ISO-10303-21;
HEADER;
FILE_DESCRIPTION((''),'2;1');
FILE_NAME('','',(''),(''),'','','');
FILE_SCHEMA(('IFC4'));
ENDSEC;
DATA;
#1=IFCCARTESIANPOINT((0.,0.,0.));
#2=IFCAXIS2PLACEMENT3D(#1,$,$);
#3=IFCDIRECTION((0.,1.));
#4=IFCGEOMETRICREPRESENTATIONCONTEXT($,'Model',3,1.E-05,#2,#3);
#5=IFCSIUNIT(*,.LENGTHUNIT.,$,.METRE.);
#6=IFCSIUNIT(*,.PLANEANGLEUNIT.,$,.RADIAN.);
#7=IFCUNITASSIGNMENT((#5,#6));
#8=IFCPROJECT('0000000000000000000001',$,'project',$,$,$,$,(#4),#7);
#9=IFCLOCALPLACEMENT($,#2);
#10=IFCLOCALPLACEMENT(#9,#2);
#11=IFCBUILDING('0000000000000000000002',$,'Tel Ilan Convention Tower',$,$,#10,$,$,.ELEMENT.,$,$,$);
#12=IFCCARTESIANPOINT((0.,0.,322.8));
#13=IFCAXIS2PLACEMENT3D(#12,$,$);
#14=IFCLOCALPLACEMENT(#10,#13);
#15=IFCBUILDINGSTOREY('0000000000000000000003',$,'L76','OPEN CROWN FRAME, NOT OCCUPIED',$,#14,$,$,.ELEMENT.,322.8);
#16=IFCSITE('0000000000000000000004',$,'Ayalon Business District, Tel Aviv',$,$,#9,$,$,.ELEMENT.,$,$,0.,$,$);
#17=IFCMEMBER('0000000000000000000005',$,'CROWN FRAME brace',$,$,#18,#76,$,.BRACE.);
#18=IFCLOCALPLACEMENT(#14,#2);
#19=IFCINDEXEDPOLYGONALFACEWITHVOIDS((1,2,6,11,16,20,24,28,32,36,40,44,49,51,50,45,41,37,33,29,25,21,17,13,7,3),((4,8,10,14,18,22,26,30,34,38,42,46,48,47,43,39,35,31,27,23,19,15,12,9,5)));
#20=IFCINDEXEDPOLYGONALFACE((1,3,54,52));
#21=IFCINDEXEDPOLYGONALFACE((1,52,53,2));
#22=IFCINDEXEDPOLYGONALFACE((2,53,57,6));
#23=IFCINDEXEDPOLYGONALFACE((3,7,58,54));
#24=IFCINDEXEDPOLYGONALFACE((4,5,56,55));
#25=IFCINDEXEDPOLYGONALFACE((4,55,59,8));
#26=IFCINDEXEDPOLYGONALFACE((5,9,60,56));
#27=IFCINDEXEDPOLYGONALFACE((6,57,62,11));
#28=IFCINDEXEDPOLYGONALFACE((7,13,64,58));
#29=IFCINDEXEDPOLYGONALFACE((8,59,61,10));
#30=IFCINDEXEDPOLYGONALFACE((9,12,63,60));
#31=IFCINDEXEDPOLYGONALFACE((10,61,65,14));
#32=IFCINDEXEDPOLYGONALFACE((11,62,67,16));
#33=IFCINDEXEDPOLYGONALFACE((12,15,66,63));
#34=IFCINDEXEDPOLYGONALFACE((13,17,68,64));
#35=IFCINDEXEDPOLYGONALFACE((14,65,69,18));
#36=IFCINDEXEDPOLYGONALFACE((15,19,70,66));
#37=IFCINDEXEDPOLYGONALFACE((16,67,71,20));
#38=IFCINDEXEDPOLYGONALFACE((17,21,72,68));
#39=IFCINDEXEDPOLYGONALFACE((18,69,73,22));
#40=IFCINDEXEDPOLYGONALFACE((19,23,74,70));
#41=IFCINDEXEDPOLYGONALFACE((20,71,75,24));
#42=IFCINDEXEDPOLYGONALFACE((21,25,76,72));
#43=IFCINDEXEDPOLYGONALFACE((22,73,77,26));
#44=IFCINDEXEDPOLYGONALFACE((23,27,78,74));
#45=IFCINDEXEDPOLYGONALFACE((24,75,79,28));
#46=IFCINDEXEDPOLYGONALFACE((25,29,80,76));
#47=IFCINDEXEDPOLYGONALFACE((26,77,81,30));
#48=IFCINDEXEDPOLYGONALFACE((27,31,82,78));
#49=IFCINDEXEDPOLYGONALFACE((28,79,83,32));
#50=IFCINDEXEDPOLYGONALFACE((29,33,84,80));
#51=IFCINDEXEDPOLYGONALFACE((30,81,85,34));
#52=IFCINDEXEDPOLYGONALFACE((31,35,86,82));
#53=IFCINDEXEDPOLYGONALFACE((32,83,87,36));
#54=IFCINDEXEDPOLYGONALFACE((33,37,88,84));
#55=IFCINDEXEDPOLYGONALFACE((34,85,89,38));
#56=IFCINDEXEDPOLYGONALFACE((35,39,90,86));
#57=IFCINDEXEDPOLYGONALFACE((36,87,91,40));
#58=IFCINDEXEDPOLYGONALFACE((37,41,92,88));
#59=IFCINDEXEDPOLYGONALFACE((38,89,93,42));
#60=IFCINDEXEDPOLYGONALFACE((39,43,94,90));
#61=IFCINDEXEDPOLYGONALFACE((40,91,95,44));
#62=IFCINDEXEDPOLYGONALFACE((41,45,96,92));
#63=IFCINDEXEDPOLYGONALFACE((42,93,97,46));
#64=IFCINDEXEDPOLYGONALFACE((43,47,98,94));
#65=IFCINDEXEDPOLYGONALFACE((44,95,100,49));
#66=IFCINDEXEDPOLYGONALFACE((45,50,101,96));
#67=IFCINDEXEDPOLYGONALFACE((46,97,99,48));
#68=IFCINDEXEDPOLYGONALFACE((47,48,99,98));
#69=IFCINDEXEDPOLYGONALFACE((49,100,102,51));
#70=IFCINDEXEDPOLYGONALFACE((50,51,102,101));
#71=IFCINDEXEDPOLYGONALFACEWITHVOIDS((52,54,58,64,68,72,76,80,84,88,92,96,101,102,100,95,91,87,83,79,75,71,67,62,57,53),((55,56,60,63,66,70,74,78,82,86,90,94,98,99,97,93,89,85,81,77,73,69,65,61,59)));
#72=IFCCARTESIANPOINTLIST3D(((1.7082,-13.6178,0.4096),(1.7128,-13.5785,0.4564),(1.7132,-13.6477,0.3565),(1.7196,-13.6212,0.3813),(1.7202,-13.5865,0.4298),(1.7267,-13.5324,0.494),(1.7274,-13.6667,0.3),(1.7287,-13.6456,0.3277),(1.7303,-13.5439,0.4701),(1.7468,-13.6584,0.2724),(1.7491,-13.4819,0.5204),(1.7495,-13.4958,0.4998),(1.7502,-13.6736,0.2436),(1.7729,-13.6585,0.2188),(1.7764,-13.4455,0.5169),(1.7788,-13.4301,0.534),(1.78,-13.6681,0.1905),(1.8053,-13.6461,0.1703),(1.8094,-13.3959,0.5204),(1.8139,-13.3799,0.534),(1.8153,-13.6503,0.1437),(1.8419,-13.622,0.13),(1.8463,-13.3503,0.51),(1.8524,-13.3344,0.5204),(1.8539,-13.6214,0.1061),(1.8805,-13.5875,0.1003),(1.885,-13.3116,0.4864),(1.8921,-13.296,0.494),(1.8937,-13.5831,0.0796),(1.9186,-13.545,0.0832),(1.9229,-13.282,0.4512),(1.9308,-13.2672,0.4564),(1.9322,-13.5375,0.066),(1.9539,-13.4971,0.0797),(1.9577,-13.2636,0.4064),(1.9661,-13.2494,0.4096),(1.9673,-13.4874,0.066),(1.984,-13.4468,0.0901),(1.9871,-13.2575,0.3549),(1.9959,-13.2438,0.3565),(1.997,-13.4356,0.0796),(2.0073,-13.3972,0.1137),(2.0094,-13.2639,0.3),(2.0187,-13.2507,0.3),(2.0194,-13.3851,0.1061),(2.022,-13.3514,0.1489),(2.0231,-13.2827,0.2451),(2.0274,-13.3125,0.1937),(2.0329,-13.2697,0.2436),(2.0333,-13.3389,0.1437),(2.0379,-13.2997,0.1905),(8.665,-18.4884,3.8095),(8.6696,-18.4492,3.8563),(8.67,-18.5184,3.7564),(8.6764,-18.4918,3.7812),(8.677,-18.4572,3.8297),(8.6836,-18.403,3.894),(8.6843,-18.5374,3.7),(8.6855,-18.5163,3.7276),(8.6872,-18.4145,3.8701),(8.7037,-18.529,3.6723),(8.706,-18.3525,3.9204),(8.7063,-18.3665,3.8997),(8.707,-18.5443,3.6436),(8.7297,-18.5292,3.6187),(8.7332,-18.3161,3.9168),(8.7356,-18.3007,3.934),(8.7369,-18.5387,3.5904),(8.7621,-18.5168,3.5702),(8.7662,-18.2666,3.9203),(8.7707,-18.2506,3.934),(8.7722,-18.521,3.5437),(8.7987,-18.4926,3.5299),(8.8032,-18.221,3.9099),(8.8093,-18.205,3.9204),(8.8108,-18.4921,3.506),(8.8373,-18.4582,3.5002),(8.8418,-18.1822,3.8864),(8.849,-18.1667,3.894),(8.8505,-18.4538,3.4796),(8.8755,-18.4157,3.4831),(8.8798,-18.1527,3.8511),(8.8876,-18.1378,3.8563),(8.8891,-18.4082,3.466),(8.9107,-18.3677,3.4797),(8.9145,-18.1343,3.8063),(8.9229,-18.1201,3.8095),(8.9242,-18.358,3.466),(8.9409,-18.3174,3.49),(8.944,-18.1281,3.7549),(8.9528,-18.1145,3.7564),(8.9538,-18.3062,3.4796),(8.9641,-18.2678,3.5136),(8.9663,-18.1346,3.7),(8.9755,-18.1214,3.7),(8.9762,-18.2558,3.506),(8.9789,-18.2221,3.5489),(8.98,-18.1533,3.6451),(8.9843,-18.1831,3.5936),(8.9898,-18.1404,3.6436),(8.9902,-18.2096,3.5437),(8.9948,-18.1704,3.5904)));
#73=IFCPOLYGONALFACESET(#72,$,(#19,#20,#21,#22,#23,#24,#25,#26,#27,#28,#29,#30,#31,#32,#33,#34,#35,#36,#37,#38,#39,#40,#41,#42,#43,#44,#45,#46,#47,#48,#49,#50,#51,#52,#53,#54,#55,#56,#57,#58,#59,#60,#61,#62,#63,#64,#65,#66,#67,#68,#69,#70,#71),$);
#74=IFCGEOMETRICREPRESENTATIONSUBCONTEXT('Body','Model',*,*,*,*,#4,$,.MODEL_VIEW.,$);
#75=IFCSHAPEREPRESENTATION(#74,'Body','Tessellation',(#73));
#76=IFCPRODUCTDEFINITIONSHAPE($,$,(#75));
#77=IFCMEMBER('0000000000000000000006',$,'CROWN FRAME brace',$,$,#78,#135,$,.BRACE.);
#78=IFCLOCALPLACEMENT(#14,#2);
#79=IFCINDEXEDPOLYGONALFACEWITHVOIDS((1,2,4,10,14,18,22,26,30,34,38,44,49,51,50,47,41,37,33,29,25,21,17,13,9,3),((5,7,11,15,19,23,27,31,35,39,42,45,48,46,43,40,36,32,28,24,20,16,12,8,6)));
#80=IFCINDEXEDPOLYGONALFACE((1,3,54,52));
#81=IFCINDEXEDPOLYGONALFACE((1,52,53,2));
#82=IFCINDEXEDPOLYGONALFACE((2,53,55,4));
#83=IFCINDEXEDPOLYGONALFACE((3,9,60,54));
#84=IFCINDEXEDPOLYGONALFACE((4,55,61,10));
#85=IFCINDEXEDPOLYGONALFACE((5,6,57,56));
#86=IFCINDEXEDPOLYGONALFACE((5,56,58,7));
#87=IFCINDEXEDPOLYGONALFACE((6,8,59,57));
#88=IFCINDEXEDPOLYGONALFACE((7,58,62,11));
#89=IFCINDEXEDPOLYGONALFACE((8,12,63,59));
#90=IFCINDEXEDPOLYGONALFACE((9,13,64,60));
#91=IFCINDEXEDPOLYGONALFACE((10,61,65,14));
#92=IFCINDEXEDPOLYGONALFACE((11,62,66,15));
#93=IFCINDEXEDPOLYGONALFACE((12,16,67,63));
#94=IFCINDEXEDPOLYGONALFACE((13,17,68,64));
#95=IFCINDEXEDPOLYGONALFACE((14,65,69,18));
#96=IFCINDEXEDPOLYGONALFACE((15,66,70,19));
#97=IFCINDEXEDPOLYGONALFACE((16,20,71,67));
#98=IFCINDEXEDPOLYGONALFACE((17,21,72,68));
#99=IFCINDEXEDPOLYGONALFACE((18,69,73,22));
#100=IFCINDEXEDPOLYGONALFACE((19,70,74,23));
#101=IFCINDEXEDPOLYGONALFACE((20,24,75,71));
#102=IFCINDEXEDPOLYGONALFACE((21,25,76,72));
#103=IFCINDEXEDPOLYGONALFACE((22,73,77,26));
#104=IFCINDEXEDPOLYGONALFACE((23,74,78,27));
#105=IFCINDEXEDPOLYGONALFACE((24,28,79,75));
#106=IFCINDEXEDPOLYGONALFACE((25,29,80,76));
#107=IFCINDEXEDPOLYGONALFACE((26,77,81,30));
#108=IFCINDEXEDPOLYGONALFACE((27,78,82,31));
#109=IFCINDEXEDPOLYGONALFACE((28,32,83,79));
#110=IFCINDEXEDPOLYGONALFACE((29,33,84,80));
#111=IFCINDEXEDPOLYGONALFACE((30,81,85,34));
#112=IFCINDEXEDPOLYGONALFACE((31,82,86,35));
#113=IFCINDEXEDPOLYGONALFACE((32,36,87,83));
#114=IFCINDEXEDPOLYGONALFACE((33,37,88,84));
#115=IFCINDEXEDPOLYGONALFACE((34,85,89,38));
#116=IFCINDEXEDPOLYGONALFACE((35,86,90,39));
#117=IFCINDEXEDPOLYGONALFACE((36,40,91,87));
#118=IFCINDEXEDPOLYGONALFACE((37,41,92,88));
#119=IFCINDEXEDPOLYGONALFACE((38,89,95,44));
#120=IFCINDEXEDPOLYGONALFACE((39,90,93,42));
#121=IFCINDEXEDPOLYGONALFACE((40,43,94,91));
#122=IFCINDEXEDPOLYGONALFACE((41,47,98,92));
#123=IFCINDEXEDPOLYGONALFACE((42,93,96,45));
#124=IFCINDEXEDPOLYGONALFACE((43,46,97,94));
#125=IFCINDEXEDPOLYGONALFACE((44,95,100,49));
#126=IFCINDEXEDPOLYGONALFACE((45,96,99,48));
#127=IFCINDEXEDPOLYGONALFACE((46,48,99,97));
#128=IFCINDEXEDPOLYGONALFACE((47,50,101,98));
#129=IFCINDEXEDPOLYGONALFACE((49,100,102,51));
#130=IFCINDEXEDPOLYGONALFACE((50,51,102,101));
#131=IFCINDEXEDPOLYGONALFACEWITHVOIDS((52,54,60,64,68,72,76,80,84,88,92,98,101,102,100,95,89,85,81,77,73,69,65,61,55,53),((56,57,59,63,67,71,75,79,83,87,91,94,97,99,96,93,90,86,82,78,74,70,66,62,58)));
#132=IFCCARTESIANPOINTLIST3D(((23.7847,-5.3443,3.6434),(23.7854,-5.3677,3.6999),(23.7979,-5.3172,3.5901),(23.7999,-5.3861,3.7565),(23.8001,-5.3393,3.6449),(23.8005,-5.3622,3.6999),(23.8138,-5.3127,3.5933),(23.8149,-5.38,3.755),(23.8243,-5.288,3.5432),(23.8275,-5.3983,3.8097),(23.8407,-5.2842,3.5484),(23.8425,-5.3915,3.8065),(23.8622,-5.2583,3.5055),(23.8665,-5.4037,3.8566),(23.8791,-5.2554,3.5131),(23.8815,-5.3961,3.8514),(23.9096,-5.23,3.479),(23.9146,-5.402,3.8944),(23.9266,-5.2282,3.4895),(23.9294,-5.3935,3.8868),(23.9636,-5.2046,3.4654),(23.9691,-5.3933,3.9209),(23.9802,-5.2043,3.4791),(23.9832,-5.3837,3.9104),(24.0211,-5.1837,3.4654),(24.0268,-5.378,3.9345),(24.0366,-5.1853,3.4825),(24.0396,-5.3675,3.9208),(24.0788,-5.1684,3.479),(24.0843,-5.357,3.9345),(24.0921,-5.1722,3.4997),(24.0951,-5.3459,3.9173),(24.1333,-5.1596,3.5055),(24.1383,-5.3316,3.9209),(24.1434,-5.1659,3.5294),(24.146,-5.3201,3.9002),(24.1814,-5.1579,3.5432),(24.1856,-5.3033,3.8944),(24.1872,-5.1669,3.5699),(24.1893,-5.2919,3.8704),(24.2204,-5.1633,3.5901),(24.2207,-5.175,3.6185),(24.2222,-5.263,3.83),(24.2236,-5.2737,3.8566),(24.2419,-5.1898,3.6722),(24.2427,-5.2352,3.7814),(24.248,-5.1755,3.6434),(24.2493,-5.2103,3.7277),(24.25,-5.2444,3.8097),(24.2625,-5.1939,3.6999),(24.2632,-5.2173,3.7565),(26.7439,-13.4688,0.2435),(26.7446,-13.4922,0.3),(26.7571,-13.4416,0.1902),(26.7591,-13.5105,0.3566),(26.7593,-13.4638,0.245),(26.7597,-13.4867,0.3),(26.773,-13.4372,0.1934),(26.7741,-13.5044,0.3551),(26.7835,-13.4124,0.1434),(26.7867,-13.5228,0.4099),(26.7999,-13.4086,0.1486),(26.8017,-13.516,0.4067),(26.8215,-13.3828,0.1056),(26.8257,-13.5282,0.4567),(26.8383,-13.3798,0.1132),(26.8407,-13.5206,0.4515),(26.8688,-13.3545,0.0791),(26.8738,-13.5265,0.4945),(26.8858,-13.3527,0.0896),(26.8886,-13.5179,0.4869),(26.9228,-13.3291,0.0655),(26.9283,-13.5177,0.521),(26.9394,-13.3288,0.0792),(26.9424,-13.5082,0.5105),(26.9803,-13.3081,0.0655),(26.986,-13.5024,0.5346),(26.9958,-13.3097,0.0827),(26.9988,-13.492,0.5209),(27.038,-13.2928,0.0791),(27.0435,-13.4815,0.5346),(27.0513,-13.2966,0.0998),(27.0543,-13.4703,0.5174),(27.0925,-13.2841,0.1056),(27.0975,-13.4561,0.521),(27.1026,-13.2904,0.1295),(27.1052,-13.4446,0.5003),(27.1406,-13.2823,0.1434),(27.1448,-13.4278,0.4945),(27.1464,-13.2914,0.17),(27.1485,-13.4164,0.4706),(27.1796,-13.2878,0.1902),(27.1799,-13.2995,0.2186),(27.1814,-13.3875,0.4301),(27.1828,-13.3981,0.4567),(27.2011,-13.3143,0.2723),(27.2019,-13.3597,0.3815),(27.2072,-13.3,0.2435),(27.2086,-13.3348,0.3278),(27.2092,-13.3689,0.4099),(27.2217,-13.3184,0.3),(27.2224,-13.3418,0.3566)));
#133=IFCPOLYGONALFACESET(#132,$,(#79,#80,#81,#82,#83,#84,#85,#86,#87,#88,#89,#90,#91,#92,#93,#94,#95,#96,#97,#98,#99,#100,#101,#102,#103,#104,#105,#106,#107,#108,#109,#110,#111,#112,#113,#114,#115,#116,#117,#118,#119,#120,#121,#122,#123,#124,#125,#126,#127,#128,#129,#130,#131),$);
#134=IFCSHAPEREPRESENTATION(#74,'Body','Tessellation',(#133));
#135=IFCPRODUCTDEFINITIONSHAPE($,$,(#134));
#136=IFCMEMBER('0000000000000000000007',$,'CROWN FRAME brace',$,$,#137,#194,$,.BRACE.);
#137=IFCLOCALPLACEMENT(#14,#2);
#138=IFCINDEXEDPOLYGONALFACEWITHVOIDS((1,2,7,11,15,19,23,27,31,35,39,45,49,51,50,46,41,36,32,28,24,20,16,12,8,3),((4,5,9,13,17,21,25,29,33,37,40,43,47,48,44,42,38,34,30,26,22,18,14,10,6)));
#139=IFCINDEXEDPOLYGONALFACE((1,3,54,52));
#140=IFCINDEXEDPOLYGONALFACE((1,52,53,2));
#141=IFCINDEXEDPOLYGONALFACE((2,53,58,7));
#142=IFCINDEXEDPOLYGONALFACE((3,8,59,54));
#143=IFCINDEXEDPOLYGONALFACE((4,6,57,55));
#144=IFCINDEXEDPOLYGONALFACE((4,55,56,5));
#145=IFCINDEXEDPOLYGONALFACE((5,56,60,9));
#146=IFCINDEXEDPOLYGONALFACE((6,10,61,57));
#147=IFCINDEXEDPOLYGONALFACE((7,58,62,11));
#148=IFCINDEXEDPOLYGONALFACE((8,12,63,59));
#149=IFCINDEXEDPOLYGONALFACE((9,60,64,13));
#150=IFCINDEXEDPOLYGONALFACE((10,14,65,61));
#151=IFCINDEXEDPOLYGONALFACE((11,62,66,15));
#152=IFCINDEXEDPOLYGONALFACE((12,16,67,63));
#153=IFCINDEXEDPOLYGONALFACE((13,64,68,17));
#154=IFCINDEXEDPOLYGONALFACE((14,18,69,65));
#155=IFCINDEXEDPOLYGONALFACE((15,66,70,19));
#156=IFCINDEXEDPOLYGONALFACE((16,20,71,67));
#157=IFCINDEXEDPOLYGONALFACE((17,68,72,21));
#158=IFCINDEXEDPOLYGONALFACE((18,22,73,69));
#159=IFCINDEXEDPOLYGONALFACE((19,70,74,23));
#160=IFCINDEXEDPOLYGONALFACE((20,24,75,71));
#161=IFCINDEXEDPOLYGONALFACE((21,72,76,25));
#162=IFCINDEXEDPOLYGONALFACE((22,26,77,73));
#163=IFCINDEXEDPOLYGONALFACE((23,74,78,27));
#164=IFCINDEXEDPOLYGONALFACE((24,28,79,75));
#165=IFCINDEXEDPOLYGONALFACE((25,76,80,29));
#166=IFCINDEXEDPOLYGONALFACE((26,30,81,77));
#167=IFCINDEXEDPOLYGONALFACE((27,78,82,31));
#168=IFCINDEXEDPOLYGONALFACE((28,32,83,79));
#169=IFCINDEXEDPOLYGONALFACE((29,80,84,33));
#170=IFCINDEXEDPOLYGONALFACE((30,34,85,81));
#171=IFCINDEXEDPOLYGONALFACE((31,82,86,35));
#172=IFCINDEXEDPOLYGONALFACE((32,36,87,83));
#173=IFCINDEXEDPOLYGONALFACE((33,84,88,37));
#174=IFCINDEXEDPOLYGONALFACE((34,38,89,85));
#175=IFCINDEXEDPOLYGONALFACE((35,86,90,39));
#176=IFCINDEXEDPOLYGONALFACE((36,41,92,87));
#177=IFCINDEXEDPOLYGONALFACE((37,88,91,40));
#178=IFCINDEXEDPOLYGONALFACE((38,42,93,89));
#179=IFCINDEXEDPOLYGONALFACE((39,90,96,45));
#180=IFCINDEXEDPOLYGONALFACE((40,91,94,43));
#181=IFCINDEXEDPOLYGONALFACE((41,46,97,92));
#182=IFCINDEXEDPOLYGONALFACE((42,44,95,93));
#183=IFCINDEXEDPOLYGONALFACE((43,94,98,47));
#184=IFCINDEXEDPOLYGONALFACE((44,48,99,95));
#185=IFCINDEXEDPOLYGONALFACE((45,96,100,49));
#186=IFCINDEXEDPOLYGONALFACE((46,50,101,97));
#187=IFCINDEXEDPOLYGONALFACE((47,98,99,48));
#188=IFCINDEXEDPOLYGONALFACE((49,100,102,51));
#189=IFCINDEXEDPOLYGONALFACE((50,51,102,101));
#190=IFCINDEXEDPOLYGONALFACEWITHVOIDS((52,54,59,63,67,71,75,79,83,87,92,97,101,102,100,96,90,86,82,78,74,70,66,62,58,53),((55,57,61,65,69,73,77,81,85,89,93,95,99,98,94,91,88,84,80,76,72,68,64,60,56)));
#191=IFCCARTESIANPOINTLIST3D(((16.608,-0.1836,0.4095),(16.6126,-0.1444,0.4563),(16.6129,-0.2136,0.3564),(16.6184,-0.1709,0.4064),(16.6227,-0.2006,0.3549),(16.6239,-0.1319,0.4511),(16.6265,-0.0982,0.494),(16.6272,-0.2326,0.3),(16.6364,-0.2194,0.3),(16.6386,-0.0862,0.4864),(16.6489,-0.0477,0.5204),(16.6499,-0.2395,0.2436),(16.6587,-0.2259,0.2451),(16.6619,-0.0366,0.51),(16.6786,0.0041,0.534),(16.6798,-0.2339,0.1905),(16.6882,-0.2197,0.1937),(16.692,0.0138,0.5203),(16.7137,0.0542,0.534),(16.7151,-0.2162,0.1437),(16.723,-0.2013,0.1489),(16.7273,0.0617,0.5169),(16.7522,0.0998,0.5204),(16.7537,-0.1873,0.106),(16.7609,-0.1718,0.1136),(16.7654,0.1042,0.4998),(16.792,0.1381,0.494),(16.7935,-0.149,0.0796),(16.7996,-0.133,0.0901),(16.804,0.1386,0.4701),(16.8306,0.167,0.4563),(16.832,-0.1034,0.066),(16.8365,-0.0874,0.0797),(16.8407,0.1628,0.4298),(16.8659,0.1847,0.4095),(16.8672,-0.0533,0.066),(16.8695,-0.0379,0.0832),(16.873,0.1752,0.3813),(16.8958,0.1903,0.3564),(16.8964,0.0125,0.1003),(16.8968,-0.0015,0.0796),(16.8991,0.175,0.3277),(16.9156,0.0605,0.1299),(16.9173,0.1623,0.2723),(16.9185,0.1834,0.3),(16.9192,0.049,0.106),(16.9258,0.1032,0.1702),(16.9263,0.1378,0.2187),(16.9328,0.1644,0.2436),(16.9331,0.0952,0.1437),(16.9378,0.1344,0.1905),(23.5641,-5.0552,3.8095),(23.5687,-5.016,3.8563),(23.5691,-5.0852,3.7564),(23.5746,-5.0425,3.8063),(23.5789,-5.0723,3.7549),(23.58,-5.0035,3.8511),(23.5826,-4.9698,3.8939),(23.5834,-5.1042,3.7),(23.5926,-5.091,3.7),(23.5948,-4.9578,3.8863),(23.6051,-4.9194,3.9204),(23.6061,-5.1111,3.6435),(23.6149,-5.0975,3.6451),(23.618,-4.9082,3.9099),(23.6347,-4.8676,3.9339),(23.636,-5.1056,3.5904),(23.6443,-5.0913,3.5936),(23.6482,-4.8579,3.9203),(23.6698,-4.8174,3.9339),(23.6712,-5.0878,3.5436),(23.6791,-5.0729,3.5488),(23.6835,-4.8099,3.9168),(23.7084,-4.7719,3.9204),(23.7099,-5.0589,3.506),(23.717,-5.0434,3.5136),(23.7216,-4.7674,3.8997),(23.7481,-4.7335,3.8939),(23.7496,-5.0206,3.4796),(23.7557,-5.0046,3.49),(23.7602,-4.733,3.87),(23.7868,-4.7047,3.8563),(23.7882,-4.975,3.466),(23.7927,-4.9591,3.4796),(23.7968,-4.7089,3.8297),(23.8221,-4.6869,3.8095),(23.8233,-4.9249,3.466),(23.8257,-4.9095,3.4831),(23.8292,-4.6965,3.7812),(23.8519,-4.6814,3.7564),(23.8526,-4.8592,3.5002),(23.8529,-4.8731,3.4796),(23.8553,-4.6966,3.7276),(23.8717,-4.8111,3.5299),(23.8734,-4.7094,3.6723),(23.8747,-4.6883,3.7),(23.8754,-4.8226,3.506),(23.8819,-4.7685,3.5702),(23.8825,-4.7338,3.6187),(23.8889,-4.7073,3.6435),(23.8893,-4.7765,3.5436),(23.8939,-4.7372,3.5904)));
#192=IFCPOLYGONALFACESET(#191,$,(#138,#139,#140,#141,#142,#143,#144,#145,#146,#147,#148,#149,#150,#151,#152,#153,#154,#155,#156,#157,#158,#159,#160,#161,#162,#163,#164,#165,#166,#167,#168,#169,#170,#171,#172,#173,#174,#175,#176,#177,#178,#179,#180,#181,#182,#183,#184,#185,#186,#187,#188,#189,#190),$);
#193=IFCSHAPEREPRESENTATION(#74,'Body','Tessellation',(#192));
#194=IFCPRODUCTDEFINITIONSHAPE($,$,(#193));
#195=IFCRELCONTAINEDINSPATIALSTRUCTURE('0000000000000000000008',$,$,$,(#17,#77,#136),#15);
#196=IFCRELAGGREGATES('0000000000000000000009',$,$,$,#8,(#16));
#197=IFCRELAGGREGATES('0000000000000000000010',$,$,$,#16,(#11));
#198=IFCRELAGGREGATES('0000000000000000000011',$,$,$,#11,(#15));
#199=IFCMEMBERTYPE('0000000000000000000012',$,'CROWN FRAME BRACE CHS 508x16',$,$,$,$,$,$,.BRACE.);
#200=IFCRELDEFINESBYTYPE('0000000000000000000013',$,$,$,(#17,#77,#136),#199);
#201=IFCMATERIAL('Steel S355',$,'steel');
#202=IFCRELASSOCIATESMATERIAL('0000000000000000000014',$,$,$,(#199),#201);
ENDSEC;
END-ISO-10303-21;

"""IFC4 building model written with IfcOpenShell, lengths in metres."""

from ifc_helpers import new_model, si_unit, direction, frame, origin, origin_2d, place, context, subcontext, project, spatial, hollow_circle, extrude, material, material_profile, profile_set, type_object, element, save


model = new_model("IFC4")

# Units and contexts
model_context = context("Model", 3, precision=1e-05, world=origin(), true_north=direction((0.0, 1.0)))
body_context = subcontext(model_context, "Body", "Model", "MODEL_VIEW")
ifc_project = project(units=[si_unit("LENGTHUNIT", "METRE"), si_unit("PLANEANGLEUNIT", "RADIAN")], contexts=[model_context])

# Site, building, storey
site_placement = place(None, origin())
site = spatial("IfcSite", under=ifc_project, at=site_placement, Name="Ayalon Business District, Tel Aviv", CompositionType="ELEMENT", RefElevation=0.0)
building_placement = place(site_placement, origin())
building = spatial("IfcBuilding", under=site, at=building_placement, Name="Tel Ilan Convention Tower", CompositionType="ELEMENT")
storey_placement = place(building_placement, frame((0.0, 0.0, 322.8)))
storey = spatial("IfcBuildingStorey", under=building, at=storey_placement, Name="L76", Description="OPEN CROWN FRAME, NOT OCCUPIED", CompositionType="ELEMENT", Elevation=322.8)

# Members
ifc_material_1 = material(Name="Steel S355", Category="steel")
ifc_material_profile_1 = material_profile(ifc_material_1, hollow_circle(Radius=0.2539, WallThickness=0.0161, at=origin_2d()), Name="CHS 508x16")
ifc_profile_set_1 = profile_set([ifc_material_profile_1], Name="Steel S355")
member_type = type_object("IfcMemberType", Name="CROWN FRAME BRACE CHS 508x16", PredefinedType="BRACE", material=ifc_profile_set_1)
member_1_placement = place(storey_placement, frame((1.873, -13.4587, 0.3), z_axis=(0.760502, -0.532445, 0.371671), x_axis=(0.57353, 0.819185, 0.0)))
element("IfcMember", 1, at=member_1_placement, inside=storey, type_object=member_type, Name="CROWN FRAME brace", PredefinedType="BRACE", context=body_context, shape_type="SweptSolid", body=[
    extrude(hollow_circle(Radius=0.2539, WallThickness=0.0161, at=origin_2d()), origin(), (0.0, 0.0, 1.0), 9.1477),
])
member_2_placement = place(storey_placement, frame((26.9832, -13.4053, 0.3), z_axis=(-0.318502, 0.874443, 0.365932), x_axis=(-0.939613, -0.34224, 0.0)))
element("IfcMember", 2, at=member_2_placement, inside=storey, type_object=member_type, Name="CROWN FRAME brace", PredefinedType="BRACE", context=body_context, shape_type="SweptSolid", body=[
    extrude(hollow_circle(Radius=0.2539, WallThickness=0.0161, at=origin_2d()), origin(), (0.0, 0.0, 1.0), 9.291),
])
member_3_placement = place(storey_placement, frame((23.729, -4.8962, 3.7), z_axis=(-0.760425, 0.532554, -0.371672), x_axis=(-0.573648, -0.819102, 0.0)))
element("IfcMember", 3, at=member_3_placement, inside=storey, type_object=member_type, Name="CROWN FRAME brace", PredefinedType="BRACE", context=body_context, shape_type="SweptSolid", body=[
    extrude(hollow_circle(Radius=0.2539, WallThickness=0.0161, at=origin_2d()), origin(), (0.0, 0.0, 1.0), 9.1477),
])

save(model, "model.ifc")
